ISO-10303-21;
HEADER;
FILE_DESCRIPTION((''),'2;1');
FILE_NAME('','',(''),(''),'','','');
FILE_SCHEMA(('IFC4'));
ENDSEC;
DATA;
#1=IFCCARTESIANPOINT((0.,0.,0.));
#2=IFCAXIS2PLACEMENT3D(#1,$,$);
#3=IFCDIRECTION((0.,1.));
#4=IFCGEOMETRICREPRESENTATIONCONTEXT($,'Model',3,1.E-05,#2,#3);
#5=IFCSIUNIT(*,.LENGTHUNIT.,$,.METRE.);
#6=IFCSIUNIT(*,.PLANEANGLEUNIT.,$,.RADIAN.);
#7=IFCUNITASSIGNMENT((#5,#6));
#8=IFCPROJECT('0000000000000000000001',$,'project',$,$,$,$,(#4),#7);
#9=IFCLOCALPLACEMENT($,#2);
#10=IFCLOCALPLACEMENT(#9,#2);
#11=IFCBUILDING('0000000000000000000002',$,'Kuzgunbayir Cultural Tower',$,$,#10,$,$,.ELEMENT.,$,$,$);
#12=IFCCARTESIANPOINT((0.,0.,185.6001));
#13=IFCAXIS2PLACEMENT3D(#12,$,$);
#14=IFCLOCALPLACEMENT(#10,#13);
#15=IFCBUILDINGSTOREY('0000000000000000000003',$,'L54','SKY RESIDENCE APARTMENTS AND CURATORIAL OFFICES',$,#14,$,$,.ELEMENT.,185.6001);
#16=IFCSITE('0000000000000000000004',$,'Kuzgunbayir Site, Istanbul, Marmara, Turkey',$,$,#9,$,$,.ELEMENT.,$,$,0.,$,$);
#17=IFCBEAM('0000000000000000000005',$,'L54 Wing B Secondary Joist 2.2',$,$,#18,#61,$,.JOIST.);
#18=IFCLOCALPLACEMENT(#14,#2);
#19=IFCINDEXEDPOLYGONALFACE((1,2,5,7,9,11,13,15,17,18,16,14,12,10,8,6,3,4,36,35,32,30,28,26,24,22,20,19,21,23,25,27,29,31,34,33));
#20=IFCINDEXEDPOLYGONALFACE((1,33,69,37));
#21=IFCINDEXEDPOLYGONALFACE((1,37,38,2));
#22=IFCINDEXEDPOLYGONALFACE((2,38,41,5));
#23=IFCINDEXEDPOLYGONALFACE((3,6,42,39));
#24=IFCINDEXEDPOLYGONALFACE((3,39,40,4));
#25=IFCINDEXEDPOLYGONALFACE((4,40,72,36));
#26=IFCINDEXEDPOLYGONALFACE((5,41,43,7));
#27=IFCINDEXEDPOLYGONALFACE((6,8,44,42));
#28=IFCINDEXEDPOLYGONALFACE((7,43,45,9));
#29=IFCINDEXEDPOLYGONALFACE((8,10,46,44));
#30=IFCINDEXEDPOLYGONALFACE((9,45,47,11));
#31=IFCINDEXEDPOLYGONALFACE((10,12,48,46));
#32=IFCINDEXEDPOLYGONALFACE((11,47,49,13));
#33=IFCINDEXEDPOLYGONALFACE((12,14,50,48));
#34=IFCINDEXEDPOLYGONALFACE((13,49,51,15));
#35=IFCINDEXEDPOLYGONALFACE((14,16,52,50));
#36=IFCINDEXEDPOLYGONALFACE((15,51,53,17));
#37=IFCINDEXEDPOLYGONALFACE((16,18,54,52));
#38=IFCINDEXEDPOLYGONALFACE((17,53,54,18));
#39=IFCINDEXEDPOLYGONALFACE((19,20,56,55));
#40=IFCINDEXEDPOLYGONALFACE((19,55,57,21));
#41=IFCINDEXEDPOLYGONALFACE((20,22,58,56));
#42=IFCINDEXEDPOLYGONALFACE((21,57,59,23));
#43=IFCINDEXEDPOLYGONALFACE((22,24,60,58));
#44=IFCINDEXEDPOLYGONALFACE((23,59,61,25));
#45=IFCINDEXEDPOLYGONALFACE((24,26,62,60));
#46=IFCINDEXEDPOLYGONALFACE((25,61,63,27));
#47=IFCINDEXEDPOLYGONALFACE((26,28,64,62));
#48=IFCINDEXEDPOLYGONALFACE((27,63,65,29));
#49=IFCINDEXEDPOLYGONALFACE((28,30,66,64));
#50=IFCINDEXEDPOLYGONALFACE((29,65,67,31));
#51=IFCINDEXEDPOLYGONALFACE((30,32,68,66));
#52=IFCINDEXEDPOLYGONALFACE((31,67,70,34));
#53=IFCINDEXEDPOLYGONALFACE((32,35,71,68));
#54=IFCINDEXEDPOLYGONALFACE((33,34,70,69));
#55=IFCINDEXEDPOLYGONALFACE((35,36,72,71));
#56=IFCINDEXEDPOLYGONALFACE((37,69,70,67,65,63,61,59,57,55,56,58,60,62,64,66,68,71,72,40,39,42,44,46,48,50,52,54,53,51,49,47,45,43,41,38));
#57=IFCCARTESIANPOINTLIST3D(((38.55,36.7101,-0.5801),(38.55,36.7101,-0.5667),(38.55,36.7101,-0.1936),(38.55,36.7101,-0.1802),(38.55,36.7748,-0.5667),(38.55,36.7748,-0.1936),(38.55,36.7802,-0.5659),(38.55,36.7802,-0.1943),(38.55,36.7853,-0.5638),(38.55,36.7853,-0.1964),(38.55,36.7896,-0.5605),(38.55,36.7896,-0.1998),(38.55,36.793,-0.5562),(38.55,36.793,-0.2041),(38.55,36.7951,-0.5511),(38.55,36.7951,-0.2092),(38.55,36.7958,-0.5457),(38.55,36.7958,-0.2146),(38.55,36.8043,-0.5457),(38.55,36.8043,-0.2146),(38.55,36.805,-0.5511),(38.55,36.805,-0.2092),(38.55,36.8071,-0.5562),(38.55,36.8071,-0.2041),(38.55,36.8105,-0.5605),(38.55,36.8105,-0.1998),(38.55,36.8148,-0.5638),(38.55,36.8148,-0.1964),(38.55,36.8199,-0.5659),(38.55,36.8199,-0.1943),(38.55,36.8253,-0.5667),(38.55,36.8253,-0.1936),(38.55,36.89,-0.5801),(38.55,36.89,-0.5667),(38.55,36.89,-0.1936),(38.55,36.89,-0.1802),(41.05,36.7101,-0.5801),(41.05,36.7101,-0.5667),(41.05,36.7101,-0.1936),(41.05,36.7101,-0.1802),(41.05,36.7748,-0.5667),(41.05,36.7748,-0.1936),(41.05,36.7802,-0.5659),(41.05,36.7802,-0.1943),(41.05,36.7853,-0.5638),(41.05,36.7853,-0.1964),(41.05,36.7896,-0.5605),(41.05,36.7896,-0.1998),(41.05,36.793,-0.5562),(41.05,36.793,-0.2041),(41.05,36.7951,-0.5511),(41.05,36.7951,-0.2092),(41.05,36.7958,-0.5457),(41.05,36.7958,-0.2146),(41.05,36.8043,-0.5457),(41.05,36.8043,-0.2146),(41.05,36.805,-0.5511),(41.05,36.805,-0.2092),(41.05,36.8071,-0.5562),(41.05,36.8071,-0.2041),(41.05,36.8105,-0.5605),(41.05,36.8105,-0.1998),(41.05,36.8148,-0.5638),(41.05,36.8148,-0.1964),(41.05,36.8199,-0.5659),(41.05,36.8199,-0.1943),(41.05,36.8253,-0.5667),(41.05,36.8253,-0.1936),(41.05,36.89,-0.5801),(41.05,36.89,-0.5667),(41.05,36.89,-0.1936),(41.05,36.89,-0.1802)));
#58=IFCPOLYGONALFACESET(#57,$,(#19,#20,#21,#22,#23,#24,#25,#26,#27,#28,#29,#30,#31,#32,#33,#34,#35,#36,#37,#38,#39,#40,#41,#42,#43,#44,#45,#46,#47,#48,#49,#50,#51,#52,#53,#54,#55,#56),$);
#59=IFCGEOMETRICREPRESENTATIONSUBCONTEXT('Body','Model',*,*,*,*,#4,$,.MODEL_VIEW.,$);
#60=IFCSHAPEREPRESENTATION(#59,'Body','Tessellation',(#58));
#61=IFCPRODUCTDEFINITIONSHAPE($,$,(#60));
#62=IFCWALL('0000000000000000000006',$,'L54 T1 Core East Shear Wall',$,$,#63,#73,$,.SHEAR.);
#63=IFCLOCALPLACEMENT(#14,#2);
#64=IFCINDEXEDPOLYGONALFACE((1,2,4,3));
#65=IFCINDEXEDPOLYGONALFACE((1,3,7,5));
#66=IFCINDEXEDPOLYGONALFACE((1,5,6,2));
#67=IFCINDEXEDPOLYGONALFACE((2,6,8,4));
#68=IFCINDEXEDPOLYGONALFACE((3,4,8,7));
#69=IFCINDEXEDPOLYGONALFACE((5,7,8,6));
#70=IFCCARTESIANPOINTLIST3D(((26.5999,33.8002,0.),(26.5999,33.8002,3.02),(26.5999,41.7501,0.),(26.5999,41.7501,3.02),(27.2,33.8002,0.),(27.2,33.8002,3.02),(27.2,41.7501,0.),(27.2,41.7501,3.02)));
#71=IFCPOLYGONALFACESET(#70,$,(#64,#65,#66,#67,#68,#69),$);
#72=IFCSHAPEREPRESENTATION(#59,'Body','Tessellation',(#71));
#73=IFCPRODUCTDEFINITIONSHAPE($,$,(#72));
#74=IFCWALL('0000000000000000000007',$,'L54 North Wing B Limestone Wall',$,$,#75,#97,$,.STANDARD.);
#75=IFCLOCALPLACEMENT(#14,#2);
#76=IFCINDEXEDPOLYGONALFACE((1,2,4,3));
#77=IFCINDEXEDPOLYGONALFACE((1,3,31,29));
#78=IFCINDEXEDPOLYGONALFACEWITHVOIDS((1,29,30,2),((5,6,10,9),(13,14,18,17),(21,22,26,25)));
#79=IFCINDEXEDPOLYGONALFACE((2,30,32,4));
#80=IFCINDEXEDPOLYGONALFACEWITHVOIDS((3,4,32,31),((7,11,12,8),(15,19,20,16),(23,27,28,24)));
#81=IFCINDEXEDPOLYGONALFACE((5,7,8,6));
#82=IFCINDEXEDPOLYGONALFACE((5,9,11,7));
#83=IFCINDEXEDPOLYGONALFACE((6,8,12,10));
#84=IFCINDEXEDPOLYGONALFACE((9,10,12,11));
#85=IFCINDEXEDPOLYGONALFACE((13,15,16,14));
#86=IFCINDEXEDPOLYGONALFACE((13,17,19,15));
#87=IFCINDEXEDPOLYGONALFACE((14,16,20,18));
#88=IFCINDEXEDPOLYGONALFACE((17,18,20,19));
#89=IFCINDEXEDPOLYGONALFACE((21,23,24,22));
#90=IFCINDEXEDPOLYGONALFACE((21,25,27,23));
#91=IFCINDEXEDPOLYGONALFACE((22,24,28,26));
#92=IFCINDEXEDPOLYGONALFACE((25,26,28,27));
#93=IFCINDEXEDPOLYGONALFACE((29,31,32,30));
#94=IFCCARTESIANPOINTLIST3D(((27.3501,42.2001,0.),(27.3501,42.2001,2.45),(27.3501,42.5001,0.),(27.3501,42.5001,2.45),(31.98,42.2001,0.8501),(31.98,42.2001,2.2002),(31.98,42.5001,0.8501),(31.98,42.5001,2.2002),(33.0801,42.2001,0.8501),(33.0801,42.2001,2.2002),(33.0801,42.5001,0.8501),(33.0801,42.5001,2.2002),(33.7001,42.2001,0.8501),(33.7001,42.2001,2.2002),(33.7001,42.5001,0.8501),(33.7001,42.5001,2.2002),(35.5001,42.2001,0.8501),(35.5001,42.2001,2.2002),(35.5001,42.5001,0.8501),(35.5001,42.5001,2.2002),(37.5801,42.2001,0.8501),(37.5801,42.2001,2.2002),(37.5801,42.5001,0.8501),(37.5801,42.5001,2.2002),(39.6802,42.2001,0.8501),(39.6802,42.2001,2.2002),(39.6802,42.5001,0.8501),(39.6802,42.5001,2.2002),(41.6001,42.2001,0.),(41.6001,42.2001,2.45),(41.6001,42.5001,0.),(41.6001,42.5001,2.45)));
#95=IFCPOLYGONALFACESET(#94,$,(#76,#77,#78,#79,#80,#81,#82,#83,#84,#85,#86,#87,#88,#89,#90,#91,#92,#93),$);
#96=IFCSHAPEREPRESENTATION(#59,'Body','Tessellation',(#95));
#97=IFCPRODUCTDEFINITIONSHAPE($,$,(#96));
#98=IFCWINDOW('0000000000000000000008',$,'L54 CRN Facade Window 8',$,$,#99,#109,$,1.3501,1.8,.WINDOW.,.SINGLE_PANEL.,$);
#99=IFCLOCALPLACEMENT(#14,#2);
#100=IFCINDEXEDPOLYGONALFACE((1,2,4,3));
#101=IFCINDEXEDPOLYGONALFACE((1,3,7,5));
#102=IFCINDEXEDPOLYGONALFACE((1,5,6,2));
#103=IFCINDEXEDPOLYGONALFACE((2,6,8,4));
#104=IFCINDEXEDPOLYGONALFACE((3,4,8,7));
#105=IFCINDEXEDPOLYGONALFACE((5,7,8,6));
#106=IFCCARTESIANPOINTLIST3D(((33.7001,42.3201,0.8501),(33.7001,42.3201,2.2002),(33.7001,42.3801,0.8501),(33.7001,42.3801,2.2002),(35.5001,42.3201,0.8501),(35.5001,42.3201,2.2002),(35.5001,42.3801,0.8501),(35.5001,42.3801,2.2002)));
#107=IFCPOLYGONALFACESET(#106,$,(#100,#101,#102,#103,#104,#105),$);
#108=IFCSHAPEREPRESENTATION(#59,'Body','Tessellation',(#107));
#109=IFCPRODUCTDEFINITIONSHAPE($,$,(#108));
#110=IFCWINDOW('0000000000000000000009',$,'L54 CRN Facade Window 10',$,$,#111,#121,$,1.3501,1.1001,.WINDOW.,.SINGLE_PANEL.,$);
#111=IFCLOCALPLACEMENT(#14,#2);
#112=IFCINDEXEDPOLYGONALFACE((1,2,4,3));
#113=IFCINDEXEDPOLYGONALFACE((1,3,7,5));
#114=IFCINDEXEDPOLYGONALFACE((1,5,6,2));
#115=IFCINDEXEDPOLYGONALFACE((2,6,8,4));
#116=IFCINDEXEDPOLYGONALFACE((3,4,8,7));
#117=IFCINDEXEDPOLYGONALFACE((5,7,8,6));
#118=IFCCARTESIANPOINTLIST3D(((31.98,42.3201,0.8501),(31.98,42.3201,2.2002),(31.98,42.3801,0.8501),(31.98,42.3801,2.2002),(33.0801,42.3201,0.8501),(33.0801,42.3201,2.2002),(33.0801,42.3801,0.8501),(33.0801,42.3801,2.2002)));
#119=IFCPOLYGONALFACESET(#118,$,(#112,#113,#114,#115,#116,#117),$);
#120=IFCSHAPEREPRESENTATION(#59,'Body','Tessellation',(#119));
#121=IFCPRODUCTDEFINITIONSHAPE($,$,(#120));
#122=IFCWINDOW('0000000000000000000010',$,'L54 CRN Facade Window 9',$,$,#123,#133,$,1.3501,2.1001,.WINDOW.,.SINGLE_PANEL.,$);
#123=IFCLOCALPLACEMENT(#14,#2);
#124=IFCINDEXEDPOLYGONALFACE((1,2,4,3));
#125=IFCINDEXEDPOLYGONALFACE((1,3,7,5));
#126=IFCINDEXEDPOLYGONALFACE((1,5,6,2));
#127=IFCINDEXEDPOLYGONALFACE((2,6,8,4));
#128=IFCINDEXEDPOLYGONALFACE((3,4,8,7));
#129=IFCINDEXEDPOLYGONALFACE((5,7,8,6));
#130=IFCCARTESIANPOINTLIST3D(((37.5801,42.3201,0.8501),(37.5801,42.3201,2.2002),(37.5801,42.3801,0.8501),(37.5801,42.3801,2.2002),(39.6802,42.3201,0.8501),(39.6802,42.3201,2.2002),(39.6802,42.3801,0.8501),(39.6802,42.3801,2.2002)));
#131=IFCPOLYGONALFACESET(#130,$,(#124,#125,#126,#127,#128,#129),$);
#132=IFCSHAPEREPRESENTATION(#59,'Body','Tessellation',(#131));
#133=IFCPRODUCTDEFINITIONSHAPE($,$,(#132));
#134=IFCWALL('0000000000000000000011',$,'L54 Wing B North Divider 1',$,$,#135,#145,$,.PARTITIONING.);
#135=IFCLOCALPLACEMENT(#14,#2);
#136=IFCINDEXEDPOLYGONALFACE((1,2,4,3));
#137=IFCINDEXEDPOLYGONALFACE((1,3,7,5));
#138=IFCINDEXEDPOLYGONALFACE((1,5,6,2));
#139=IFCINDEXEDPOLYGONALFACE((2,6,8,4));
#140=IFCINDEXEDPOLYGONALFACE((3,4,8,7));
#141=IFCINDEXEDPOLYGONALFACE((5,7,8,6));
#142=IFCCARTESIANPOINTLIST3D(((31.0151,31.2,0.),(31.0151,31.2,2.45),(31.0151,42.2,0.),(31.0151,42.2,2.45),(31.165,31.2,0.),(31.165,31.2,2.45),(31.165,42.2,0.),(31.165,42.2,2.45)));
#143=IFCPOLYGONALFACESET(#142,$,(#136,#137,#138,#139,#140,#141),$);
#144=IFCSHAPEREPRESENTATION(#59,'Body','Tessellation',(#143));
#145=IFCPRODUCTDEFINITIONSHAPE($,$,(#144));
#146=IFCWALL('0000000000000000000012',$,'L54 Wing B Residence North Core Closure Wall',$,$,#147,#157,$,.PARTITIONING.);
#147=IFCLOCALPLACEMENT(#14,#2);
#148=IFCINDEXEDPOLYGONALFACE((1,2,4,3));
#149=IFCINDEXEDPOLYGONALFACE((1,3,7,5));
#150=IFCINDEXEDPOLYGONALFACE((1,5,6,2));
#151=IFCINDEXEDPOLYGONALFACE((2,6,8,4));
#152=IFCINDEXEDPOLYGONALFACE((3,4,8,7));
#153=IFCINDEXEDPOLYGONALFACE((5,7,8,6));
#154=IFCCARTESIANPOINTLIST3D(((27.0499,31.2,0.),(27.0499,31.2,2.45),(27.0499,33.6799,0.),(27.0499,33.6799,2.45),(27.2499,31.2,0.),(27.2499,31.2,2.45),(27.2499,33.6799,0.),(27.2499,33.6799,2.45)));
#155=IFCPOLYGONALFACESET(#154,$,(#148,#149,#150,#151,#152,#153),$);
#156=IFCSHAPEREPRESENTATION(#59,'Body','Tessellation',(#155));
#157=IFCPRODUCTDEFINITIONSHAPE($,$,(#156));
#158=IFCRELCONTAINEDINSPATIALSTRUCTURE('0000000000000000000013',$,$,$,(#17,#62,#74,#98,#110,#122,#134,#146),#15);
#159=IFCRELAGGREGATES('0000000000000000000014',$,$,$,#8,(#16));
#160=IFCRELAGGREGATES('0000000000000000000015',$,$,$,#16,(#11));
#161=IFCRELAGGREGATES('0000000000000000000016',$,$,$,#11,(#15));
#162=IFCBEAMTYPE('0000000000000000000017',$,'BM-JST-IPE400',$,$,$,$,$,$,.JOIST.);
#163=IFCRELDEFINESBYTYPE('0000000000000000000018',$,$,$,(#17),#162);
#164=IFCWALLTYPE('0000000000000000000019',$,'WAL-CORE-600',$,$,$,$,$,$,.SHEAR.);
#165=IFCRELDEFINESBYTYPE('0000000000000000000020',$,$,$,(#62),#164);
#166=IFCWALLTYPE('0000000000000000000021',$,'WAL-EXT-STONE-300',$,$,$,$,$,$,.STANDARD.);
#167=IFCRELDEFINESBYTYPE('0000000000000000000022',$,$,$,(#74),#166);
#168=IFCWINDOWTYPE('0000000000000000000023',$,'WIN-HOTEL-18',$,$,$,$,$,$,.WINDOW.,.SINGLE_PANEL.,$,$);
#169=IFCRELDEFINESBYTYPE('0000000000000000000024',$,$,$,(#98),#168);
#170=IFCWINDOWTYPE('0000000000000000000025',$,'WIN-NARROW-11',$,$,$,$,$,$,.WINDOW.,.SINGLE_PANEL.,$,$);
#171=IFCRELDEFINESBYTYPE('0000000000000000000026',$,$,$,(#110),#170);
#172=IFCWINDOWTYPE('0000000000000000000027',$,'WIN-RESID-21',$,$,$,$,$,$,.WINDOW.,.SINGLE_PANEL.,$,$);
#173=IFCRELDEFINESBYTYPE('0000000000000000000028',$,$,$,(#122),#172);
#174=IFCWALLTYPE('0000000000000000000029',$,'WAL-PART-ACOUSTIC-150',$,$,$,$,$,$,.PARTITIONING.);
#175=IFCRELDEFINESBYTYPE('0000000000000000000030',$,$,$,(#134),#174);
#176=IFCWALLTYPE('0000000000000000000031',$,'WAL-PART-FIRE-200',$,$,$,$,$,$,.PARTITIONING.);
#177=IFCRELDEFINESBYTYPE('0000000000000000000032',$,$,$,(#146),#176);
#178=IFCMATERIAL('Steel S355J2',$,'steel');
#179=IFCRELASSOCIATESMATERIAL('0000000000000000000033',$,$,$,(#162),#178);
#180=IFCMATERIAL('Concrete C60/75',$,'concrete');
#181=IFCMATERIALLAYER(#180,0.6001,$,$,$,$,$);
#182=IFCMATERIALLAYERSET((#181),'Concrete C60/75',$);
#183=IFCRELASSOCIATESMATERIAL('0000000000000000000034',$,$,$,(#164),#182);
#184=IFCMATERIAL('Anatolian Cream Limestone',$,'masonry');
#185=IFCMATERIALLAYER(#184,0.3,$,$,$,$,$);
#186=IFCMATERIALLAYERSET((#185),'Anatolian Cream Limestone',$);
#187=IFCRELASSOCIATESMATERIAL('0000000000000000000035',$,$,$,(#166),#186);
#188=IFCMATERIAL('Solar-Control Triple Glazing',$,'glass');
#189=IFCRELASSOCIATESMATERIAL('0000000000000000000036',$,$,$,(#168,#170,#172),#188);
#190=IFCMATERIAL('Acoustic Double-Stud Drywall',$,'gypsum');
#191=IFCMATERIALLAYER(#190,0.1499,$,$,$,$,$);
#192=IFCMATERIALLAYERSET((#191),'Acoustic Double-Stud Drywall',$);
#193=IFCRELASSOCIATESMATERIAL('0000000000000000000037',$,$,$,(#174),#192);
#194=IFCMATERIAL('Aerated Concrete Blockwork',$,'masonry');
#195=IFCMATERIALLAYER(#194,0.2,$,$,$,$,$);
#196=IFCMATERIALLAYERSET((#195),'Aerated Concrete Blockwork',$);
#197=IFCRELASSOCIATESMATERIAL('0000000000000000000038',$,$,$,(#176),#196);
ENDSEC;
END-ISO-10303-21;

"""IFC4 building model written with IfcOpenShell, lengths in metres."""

from ifc_helpers import new_model, si_unit, direction, frame, frame_2d, origin, origin_2d, place, context, subcontext, project, spatial, rectangle, i_section, extrude, material, layer, layer_set, material_profile, profile_set, type_object, element, fill, save


model = new_model("IFC4")

# Units and contexts
model_context = context("Model", 3, precision=1e-05, world=origin(), true_north=direction((0.0, 1.0)))
body_context = subcontext(model_context, "Body", "Model", "MODEL_VIEW")
ifc_project = project(units=[si_unit("LENGTHUNIT", "METRE"), si_unit("PLANEANGLEUNIT", "RADIAN")], contexts=[model_context])

# Site, building, storey
site_placement = place(None, origin())
site = spatial("IfcSite", under=ifc_project, at=site_placement, Name="Kuzgunbayir Site, Istanbul, Marmara, Turkey", CompositionType="ELEMENT", RefElevation=0.0)
building_placement = place(site_placement, origin())
building = spatial("IfcBuilding", under=site, at=building_placement, Name="Kuzgunbayir Cultural Tower", CompositionType="ELEMENT")
storey_placement = place(building_placement, frame((0.0, 0.0, 185.6001)))
storey = spatial("IfcBuildingStorey", under=building, at=storey_placement, Name="L54", Description="SKY RESIDENCE APARTMENTS AND CURATORIAL OFFICES", CompositionType="ELEMENT", Elevation=185.6001)

# Beam
ifc_material_1 = material(Name="Steel S355J2", Category="steel")
ifc_material_profile_1 = material_profile(ifc_material_1, i_section(OverallWidth=0.1799, OverallDepth=0.3999, WebThickness=0.0085, FlangeThickness=0.0134, FilletRadius=0.021, at=origin_2d()), Name="IPE 400")
ifc_profile_set_1 = profile_set([ifc_material_profile_1], Name="Steel S355J2")
beam_type_1 = type_object("IfcBeamType", Name="BM-JST-IPE400", PredefinedType="JOIST", material=ifc_profile_set_1)
for number, where, z_axis, x_axis, name in (
    (1, (38.55, 36.8, -0.3801), (1.0, 0.0, 0.0), (0.0, 1.0, 0.0), "L54 Wing B Secondary Joist 2.2"),
):
    element("IfcBeam", number, at=place(storey_placement, frame(where, z_axis=z_axis, x_axis=x_axis)), inside=storey, type_object=beam_type_1, Name=name, PredefinedType="JOIST", context=body_context, shape_type="SweptSolid", body=[
        extrude(i_section(OverallWidth=0.1799, OverallDepth=0.3999, WebThickness=0.0085, FlangeThickness=0.0134, FilletRadius=0.021, at=origin_2d()), origin(), (0.0, 0.0, 1.0), 2.5),
    ])

# Wall
ifc_material_2 = material(Name="Concrete C60/75", Category="concrete")
ifc_layer_1 = layer(ifc_material_2, 0.6001)
ifc_layer_set_1 = layer_set([ifc_layer_1], Name="Concrete C60/75")
wall_type_1 = type_object("IfcWallType", Name="WAL-CORE-600", PredefinedType="SHEAR", material=ifc_layer_set_1)
wall_1_placement = place(storey_placement, frame((26.8999, 33.8, 0.0), z_axis=(0.0, 0.0, 1.0), x_axis=(0.0, 1.0, 0.0)))
element("IfcWall", 2, at=wall_1_placement, inside=storey, type_object=wall_type_1, Name="L54 T1 Core East Shear Wall", PredefinedType="SHEAR", context=body_context, shape_type="SweptSolid", body=[
    extrude(rectangle(XDim=7.95, YDim=0.6001, at=frame_2d((3.9751, 0.0))), origin(), (0.0, 0.0, 1.0), 3.02),
])

# Wall, openings, windows
ifc_material_3 = material(Name="Anatolian Cream Limestone", Category="masonry")
ifc_layer_2 = layer(ifc_material_3, 0.3)
ifc_layer_set_2 = layer_set([ifc_layer_2], Name="Anatolian Cream Limestone")
wall_type_2 = type_object("IfcWallType", Name="WAL-EXT-STONE-300", PredefinedType="STANDARD", material=ifc_layer_set_2)
wall_2_placement = place(storey_placement, frame((41.6001, 42.3501, 0.0), z_axis=(0.0, 0.0, 1.0), x_axis=(-1.0, 0.0, 0.0)))
wall_2 = element("IfcWall", 3, at=wall_2_placement, inside=storey, type_object=wall_type_2, Name="L54 North Wing B Limestone Wall", PredefinedType="STANDARD", context=body_context, shape_type="SweptSolid", body=[
    extrude(rectangle(XDim=14.25, YDim=0.3, at=frame_2d((7.125, 0.0))), origin(), (0.0, 0.0, 1.0), 2.45),
])
opening_1_placement = place(wall_2_placement, frame((6.1001, 0.0, 0.8501)))
opening_1 = element("IfcOpeningElement", 4, at=opening_1_placement, cuts=wall_2, PredefinedType="OPENING", context=body_context, shape_type="SweptSolid", body=[
    extrude(rectangle(XDim=1.8, YDim=1.3501, at=frame_2d((0.8999, 0.675))), frame((0.0, 0.1602, 0.0), z_axis=(0.0, -1.0, 0.0), x_axis=(1.0, 0.0, 0.0)), (0.0, 0.0, 1.0), 0.3201),
])
opening_2_placement = place(wall_2_placement, frame((1.9199, 0.0, 0.8501)))
opening_2 = element("IfcOpeningElement", 5, at=opening_2_placement, cuts=wall_2, PredefinedType="OPENING", context=body_context, shape_type="SweptSolid", body=[
    extrude(rectangle(XDim=2.1001, YDim=1.3501, at=frame_2d((1.05, 0.675))), frame((0.0, 0.1602, 0.0), z_axis=(0.0, -1.0, 0.0), x_axis=(1.0, 0.0, 0.0)), (0.0, 0.0, 1.0), 0.3201),
])
opening_3_placement = place(wall_2_placement, frame((8.52, 0.0, 0.8501)))
opening_3 = element("IfcOpeningElement", 6, at=opening_3_placement, cuts=wall_2, PredefinedType="OPENING", context=body_context, shape_type="SweptSolid", body=[
    extrude(rectangle(XDim=1.1001, YDim=1.3501, at=frame_2d((0.55, 0.675))), frame((0.0, 0.1602, 0.0), z_axis=(0.0, -1.0, 0.0), x_axis=(1.0, 0.0, 0.0)), (0.0, 0.0, 1.0), 0.3201),
])
ifc_material_4 = material(Name="Solar-Control Triple Glazing", Category="glass")
window_type_1 = type_object("IfcWindowType", Name="WIN-HOTEL-18", PartitioningType="SINGLE_PANEL", PredefinedType="WINDOW", material=ifc_material_4)
window_1_placement = place(opening_1_placement, origin())
window_1 = element("IfcWindow", 7, at=window_1_placement, inside=storey, type_object=window_type_1, Name="L54 CRN Facade Window 8", OverallHeight=1.3501, OverallWidth=1.8, PartitioningType="SINGLE_PANEL", PredefinedType="WINDOW", context=body_context, shape_type="SweptSolid", body=[
    extrude(rectangle(XDim=1.8, YDim=1.3501, at=frame_2d((0.8999, 0.675))), frame((0.0, 0.03, 0.0), z_axis=(0.0, -1.0, 0.0), x_axis=(1.0, 0.0, 0.0)), (0.0, 0.0, 1.0), 0.0601),
])
fill(opening_1, window_1)
window_type_2 = type_object("IfcWindowType", Name="WIN-NARROW-11", PartitioningType="SINGLE_PANEL", PredefinedType="WINDOW", material=ifc_material_4)
window_2_placement = place(opening_3_placement, origin())
window_2 = element("IfcWindow", 8, at=window_2_placement, inside=storey, type_object=window_type_2, Name="L54 CRN Facade Window 10", OverallHeight=1.3501, OverallWidth=1.1001, PartitioningType="SINGLE_PANEL", PredefinedType="WINDOW", context=body_context, shape_type="SweptSolid", body=[
    extrude(rectangle(XDim=1.1001, YDim=1.3501, at=frame_2d((0.55, 0.675))), frame((0.0, 0.03, 0.0), z_axis=(0.0, -1.0, 0.0), x_axis=(1.0, 0.0, 0.0)), (0.0, 0.0, 1.0), 0.0601),
])
fill(opening_3, window_2)
window_type_3 = type_object("IfcWindowType", Name="WIN-RESID-21", PartitioningType="SINGLE_PANEL", PredefinedType="WINDOW", material=ifc_material_4)
window_3_placement = place(opening_2_placement, origin())
window_3 = element("IfcWindow", 9, at=window_3_placement, inside=storey, type_object=window_type_3, Name="L54 CRN Facade Window 9", OverallHeight=1.3501, OverallWidth=2.1001, PartitioningType="SINGLE_PANEL", PredefinedType="WINDOW", context=body_context, shape_type="SweptSolid", body=[
    extrude(rectangle(XDim=2.1001, YDim=1.3501, at=frame_2d((1.05, 0.675))), frame((0.0, 0.03, 0.0), z_axis=(0.0, -1.0, 0.0), x_axis=(1.0, 0.0, 0.0)), (0.0, 0.0, 1.0), 0.0601),
])
fill(opening_2, window_3)

# Wall
ifc_material_5 = material(Name="Acoustic Double-Stud Drywall", Category="gypsum")
ifc_layer_3 = layer(ifc_material_5, 0.1499)
ifc_layer_set_3 = layer_set([ifc_layer_3], Name="Acoustic Double-Stud Drywall")
wall_type_3 = type_object("IfcWallType", Name="WAL-PART-ACOUSTIC-150", PredefinedType="PARTITIONING", material=ifc_layer_set_3)
wall_3_placement = place(storey_placement, frame((31.0901, 31.2, 0.0), z_axis=(0.0, 0.0, 1.0), x_axis=(0.0, 1.0, 0.0)))
element("IfcWall", 10, at=wall_3_placement, inside=storey, type_object=wall_type_3, Name="L54 Wing B North Divider 1", PredefinedType="PARTITIONING", context=body_context, shape_type="SweptSolid", body=[
    extrude(rectangle(XDim=11.0, YDim=0.1499, at=frame_2d((5.5, 0.0))), origin(), (0.0, 0.0, 1.0), 2.45),
])

# Shared definitions
ifc_material_6 = material(Name="Aerated Concrete Blockwork", Category="masonry")
ifc_layer_4 = layer(ifc_material_6, 0.2)
ifc_layer_set_4 = layer_set([ifc_layer_4], Name="Aerated Concrete Blockwork")
wall_type_4 = type_object("IfcWallType", Name="WAL-PART-FIRE-200", PredefinedType="PARTITIONING", material=ifc_layer_set_4)

# Wall
wall_4_placement = place(storey_placement, frame((27.1499, 31.2, 0.0), z_axis=(0.0, 0.0, 1.0), x_axis=(0.0, 1.0, 0.0)))
element("IfcWall", 11, at=wall_4_placement, inside=storey, type_object=wall_type_4, Name="L54 Wing B Residence North Core Closure Wall", PredefinedType="PARTITIONING", context=body_context, shape_type="SweptSolid", body=[
    extrude(rectangle(XDim=2.48, YDim=0.2, at=frame_2d((1.24, 0.0))), origin(), (0.0, 0.0, 1.0), 2.45),
])

save(model, "model.ifc")
